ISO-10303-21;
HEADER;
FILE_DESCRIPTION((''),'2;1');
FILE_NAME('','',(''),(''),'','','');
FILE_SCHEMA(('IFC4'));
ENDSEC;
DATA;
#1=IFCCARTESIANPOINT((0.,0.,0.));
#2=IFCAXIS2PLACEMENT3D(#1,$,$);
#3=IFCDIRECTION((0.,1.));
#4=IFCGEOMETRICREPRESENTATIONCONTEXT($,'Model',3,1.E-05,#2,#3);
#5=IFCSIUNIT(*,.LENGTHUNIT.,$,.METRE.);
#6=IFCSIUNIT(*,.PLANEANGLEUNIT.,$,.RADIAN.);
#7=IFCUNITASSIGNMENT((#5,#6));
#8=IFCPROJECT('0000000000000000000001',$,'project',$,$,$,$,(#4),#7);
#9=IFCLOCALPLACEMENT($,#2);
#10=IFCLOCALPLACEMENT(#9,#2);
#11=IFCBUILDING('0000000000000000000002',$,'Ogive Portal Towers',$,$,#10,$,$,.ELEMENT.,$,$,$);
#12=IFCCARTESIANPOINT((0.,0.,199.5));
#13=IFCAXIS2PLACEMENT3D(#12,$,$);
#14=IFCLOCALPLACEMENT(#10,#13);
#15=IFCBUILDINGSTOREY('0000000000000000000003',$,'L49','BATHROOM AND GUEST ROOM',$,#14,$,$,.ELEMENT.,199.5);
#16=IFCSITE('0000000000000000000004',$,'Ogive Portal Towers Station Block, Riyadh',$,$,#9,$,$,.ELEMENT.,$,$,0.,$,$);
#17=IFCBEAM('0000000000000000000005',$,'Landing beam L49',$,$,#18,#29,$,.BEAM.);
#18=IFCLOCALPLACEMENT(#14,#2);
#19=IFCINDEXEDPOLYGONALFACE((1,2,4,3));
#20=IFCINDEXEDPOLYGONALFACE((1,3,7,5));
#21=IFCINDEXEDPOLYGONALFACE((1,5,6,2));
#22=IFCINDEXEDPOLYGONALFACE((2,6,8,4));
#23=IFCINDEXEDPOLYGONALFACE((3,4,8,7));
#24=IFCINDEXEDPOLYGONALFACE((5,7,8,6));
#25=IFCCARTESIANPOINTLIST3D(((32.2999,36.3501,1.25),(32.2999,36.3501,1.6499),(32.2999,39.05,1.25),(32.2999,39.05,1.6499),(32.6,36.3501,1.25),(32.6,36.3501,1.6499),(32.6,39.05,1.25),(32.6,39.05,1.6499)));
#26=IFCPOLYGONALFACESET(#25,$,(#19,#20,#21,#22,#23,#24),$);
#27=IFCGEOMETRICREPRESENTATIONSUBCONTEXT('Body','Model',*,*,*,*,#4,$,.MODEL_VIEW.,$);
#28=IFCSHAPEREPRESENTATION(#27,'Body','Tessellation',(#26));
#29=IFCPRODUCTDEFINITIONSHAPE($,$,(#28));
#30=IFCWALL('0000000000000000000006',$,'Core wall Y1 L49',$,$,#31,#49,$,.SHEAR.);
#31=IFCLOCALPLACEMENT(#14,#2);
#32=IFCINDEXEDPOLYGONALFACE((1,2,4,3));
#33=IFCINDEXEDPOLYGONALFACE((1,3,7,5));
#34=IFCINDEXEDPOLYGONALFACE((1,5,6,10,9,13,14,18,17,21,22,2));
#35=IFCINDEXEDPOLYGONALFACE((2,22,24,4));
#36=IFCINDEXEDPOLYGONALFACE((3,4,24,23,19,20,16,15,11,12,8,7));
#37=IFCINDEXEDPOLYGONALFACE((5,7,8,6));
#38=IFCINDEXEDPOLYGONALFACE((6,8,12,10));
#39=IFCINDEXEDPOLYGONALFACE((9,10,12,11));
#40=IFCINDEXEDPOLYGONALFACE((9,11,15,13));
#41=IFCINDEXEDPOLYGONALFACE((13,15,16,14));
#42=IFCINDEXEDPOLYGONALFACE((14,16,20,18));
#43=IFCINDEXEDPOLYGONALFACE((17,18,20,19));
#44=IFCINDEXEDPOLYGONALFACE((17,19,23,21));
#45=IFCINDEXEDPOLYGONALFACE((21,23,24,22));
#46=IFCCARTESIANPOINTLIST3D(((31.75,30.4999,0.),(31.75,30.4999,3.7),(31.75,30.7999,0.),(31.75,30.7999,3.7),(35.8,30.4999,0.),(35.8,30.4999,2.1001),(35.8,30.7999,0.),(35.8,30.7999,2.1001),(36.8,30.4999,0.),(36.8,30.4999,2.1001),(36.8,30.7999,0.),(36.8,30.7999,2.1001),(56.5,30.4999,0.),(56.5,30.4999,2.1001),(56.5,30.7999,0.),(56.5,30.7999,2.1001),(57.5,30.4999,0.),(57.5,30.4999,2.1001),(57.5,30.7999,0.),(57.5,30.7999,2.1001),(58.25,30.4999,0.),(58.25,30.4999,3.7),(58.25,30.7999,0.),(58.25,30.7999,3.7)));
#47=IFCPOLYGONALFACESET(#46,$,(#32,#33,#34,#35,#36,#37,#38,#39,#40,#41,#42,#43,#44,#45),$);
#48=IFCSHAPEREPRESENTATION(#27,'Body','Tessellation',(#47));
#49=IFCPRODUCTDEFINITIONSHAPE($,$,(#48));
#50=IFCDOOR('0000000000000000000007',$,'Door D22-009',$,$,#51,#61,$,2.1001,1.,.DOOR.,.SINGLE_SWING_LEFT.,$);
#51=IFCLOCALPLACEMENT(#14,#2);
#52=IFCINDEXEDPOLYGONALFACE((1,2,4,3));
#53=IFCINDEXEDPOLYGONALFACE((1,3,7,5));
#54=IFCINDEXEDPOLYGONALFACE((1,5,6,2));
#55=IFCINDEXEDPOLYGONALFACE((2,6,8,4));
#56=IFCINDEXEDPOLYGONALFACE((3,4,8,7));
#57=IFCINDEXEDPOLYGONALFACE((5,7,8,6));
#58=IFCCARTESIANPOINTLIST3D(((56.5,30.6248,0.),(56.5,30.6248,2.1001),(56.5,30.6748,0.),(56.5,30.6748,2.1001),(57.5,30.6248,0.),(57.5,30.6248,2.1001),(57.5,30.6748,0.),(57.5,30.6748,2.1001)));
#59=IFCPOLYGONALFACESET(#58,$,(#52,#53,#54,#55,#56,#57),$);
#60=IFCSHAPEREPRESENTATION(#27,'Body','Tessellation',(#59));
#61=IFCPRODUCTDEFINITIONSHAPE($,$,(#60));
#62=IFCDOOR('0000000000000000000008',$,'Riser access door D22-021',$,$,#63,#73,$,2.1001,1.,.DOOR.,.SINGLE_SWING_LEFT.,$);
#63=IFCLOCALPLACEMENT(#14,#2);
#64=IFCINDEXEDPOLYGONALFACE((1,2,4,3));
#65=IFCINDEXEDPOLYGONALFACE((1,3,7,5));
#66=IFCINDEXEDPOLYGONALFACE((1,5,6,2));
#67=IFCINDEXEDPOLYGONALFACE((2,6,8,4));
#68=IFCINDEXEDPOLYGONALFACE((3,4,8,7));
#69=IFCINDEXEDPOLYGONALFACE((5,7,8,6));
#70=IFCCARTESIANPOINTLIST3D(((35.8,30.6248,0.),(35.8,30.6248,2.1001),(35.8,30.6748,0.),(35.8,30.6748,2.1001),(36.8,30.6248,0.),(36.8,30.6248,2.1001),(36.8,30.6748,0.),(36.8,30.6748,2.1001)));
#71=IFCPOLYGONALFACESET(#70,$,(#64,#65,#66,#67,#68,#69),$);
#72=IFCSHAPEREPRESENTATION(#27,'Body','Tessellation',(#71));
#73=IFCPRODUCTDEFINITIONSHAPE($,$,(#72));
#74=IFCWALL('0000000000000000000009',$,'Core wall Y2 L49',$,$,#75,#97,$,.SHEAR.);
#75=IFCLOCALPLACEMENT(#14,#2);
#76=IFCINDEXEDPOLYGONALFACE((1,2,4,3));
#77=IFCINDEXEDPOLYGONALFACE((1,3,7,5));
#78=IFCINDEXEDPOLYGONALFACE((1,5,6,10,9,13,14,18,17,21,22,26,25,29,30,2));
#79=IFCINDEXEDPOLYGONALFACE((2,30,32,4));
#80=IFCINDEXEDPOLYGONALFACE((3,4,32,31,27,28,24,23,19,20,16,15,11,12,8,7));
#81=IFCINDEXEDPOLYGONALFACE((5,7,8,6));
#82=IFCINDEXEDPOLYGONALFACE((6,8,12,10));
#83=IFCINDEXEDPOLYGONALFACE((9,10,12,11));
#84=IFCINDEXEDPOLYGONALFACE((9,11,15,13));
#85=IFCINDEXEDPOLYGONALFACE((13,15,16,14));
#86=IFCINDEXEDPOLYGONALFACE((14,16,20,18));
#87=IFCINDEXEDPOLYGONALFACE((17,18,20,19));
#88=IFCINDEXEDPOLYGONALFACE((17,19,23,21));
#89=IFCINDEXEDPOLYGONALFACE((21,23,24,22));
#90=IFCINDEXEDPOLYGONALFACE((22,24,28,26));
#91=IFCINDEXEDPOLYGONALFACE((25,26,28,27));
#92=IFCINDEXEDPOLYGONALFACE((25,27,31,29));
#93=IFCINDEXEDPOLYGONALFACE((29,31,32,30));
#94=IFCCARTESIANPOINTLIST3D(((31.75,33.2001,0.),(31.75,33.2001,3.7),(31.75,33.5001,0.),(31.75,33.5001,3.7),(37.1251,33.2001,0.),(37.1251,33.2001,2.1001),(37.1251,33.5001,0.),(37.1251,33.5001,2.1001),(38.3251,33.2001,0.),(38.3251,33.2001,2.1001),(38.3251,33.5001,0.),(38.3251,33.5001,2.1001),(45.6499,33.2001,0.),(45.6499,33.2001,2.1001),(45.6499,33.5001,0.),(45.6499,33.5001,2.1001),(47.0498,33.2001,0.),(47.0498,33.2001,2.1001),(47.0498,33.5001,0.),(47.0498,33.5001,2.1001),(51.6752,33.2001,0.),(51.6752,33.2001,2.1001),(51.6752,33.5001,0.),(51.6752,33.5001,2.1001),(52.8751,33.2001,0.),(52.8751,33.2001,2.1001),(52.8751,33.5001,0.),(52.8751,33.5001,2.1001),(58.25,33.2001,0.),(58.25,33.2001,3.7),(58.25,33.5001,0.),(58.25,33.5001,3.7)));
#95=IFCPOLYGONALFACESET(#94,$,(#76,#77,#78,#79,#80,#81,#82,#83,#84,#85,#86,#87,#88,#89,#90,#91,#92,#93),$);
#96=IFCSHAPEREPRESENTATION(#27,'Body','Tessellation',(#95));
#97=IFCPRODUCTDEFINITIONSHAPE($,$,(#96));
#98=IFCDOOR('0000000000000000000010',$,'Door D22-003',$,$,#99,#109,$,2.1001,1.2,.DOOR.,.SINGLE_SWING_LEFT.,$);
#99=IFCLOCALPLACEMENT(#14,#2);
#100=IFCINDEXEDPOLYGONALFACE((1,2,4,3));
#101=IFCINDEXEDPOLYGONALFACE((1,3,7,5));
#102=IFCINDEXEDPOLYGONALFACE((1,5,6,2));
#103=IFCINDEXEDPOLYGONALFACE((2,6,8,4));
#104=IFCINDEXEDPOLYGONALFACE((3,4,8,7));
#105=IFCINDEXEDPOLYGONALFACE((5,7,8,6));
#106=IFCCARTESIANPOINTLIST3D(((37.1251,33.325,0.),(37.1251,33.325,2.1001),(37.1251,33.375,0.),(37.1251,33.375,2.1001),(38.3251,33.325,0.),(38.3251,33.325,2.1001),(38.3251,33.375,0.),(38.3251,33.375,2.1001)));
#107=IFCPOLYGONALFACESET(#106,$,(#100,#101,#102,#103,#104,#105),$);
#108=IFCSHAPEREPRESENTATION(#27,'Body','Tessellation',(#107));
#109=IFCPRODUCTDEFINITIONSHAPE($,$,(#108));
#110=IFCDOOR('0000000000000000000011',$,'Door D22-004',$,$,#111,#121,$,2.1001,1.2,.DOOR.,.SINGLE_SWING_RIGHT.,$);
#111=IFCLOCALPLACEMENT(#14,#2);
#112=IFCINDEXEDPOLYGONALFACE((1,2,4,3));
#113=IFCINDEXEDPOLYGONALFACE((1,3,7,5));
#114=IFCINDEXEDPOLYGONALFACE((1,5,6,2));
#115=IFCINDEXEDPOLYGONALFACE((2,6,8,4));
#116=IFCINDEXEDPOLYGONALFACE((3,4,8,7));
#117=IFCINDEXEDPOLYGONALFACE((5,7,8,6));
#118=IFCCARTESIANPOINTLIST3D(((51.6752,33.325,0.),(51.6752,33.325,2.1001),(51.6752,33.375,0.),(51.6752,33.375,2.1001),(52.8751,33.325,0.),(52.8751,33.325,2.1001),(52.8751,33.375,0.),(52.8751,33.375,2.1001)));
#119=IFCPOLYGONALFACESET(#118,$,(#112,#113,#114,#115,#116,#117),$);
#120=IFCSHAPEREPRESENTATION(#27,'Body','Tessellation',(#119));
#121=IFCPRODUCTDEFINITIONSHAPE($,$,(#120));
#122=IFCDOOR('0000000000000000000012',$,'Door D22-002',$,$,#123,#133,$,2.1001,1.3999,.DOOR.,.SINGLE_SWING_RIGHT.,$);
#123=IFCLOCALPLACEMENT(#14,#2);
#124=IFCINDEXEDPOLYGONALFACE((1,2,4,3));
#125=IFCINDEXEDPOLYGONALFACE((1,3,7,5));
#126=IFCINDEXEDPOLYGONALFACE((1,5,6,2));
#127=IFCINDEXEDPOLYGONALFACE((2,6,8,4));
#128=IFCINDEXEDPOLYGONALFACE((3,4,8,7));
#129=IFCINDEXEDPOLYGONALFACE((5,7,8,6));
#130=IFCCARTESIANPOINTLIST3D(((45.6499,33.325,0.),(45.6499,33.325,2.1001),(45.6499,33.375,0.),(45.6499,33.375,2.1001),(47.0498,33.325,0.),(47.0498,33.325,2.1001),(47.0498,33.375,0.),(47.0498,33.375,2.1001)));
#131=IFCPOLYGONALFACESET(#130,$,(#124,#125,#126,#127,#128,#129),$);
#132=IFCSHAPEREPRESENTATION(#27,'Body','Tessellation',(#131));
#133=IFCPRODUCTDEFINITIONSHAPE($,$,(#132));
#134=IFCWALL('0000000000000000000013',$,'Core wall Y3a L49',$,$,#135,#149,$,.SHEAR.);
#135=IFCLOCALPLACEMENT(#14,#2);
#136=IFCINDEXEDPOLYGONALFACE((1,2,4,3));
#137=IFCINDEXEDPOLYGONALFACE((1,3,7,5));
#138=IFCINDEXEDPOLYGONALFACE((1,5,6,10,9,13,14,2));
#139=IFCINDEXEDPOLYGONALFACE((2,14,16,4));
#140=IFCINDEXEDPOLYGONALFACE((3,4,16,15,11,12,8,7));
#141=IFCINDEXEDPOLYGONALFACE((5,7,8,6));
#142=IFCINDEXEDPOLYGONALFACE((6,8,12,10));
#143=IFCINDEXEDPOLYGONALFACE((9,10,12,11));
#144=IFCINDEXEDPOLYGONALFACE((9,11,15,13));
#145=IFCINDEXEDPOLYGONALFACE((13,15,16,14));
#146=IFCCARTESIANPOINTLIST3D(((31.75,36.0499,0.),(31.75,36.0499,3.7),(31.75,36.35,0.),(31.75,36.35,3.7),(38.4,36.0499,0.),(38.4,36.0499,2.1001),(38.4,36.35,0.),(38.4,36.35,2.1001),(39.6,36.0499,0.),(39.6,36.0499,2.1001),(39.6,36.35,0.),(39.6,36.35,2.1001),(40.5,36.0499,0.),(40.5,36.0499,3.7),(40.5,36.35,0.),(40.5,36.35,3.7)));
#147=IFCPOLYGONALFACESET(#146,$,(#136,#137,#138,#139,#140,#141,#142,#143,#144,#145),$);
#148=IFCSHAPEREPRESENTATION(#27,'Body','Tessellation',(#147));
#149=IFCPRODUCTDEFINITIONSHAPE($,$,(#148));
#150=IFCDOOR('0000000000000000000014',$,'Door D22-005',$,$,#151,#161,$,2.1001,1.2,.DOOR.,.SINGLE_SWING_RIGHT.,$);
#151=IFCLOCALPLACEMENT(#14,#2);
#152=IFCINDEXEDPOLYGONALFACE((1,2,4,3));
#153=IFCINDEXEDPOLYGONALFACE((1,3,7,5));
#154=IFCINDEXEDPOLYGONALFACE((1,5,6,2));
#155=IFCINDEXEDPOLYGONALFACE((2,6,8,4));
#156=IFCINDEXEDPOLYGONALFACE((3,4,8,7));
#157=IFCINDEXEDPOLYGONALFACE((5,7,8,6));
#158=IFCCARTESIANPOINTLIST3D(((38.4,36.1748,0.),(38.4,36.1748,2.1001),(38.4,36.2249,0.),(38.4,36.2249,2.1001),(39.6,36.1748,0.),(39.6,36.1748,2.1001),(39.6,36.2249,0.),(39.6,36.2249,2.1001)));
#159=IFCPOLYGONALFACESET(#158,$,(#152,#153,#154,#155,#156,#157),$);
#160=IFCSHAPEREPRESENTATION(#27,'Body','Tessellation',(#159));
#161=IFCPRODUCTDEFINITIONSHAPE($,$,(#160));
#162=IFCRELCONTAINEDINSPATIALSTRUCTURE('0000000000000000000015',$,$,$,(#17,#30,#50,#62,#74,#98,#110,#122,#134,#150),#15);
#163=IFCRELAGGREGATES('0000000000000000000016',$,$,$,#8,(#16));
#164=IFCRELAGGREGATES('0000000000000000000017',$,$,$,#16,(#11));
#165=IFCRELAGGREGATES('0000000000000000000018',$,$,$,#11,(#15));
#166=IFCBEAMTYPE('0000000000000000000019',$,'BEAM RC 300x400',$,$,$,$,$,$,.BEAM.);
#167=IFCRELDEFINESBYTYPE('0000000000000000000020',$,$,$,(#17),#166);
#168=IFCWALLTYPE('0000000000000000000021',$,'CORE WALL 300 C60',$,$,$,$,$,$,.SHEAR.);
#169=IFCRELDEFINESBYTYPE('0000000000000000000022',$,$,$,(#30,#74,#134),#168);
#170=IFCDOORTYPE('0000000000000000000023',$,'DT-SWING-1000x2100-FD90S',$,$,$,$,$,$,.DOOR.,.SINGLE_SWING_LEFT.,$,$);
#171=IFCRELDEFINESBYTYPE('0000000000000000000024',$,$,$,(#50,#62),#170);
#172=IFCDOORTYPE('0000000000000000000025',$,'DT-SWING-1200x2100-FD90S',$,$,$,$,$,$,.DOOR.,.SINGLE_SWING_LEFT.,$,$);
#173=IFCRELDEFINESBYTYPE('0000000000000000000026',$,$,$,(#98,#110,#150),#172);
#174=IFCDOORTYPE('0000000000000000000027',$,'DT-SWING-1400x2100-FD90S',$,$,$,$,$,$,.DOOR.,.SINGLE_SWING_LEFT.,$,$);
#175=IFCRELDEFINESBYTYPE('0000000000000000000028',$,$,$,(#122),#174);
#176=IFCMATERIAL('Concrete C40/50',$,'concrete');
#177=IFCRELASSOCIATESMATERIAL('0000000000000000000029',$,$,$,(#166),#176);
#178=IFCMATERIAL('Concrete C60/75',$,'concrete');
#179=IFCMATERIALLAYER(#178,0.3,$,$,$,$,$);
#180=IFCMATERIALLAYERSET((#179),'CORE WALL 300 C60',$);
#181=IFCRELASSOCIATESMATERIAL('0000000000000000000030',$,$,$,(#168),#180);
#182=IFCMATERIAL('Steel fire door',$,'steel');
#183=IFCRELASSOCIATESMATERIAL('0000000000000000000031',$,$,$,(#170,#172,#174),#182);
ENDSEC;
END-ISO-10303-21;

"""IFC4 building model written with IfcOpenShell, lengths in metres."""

from ifc_helpers import new_model, si_unit, direction, frame, frame_2d, origin, origin_2d, place, context, subcontext, project, spatial, rectangle, extrude, material, layer, layer_set, material_profile, profile_set, type_object, element, fill, save


model = new_model("IFC4")

# Units and contexts
model_context = context("Model", 3, precision=1e-05, world=origin(), true_north=direction((0.0, 1.0)))
body_context = subcontext(model_context, "Body", "Model", "MODEL_VIEW")
ifc_project = project(units=[si_unit("LENGTHUNIT", "METRE"), si_unit("PLANEANGLEUNIT", "RADIAN")], contexts=[model_context])

# Site, building, storey
site_placement = place(None, origin())
site = spatial("IfcSite", under=ifc_project, at=site_placement, Name="Ogive Portal Towers Station Block, Riyadh", CompositionType="ELEMENT", RefElevation=0.0)
building_placement = place(site_placement, origin())
building = spatial("IfcBuilding", under=site, at=building_placement, Name="Ogive Portal Towers", CompositionType="ELEMENT")
storey_placement = place(building_placement, frame((0.0, 0.0, 199.5)))
storey = spatial("IfcBuildingStorey", under=building, at=storey_placement, Name="L49", Description="BATHROOM AND GUEST ROOM", CompositionType="ELEMENT", Elevation=199.5)

# Beam
ifc_material_1 = material(Name="Concrete C40/50", Category="concrete")
ifc_material_profile = material_profile(ifc_material_1, rectangle(XDim=0.3, YDim=0.3999, at=origin_2d()), Name="RC 300x400")
ifc_profile_set = profile_set([ifc_material_profile], Name="Concrete C40/50")
beam_type = type_object("IfcBeamType", Name="BEAM RC 300x400", PredefinedType="BEAM", material=ifc_profile_set)
beam_placement = place(storey_placement, frame((32.45, 36.3501, 1.45), z_axis=(0.0, 1.0, 0.0), x_axis=(-1.0, 0.0, 0.0)))
element("IfcBeam", 1, at=beam_placement, inside=storey, type_object=beam_type, Name="Landing beam L49", PredefinedType="BEAM", context=body_context, shape_type="SweptSolid", body=[
    extrude(rectangle(XDim=0.3, YDim=0.3999, at=origin_2d()), origin(), (0.0, 0.0, 1.0), 2.7),
])

# Walls, openings, doors
ifc_material_2 = material(Name="Concrete C60/75", Category="concrete")
ifc_layer_1 = layer(ifc_material_2, 0.3)
ifc_layer_set_1 = layer_set([ifc_layer_1], Name="CORE WALL 300 C60")
wall_type_1 = type_object("IfcWallType", Name="CORE WALL 300 C60", PredefinedType="SHEAR", material=ifc_layer_set_1)
wall_1_placement = place(storey_placement, frame((31.75, 30.6499, 0.0), z_axis=(0.0, 0.0, 1.0), x_axis=(1.0, 0.0, 0.0)))
wall_1 = element("IfcWall", 2, at=wall_1_placement, inside=storey, type_object=wall_type_1, Name="Core wall Y1 L49", PredefinedType="SHEAR", context=body_context, shape_type="SweptSolid", body=[
    extrude(rectangle(XDim=26.5, YDim=0.3, at=frame_2d((13.25, 0.0))), origin(), (0.0, 0.0, 1.0), 3.7),
])
opening_1_placement = place(wall_1_placement, frame((24.75, 0.0, 0.0)))
opening_1 = element("IfcOpeningElement", 3, at=opening_1_placement, cuts=wall_1, PredefinedType="OPENING", context=body_context, shape_type="SweptSolid", body=[
    extrude(rectangle(XDim=1.0, YDim=2.1001, at=frame_2d((0.5, 1.05))), frame((0.0, 0.1602, 0.0), z_axis=(0.0, -1.0, 0.0), x_axis=(1.0, 0.0, 0.0)), (0.0, 0.0, 1.0), 0.3201),
])
opening_2_placement = place(wall_1_placement, frame((4.05, 0.0, 0.0)))
opening_2 = element("IfcOpeningElement", 4, at=opening_2_placement, cuts=wall_1, PredefinedType="OPENING", context=body_context, shape_type="SweptSolid", body=[
    extrude(rectangle(XDim=1.0, YDim=2.1001, at=frame_2d((0.5, 1.05))), frame((0.0, 0.1602, 0.0), z_axis=(0.0, -1.0, 0.0), x_axis=(1.0, 0.0, 0.0)), (0.0, 0.0, 1.0), 0.3201),
])
ifc_material_3 = material(Name="Steel fire door", Category="steel")
door_type_1 = type_object("IfcDoorType", Name="DT-SWING-1000x2100-FD90S", OperationType="SINGLE_SWING_LEFT", PredefinedType="DOOR", material=ifc_material_3)
door_1_placement = place(opening_1_placement, origin())
door_1 = element("IfcDoor", 5, at=door_1_placement, inside=storey, type_object=door_type_1, Name="Door D22-009", OperationType="SINGLE_SWING_LEFT", OverallHeight=2.1001, OverallWidth=1.0, PredefinedType="DOOR", context=body_context, shape_type="SweptSolid", body=[
    extrude(rectangle(XDim=1.0, YDim=2.1001, at=frame_2d((0.5, 1.05))), frame((0.0, 0.0249, 0.0), z_axis=(0.0, -1.0, 0.0), x_axis=(1.0, 0.0, 0.0)), (0.0, 0.0, 1.0), 0.05),
])
fill(opening_1, door_1)
door_2_placement = place(opening_2_placement, origin())
door_2 = element("IfcDoor", 6, at=door_2_placement, inside=storey, type_object=door_type_1, Name="Riser access door D22-021", OperationType="SINGLE_SWING_LEFT", OverallHeight=2.1001, OverallWidth=1.0, PredefinedType="DOOR", context=body_context, shape_type="SweptSolid", body=[
    extrude(rectangle(XDim=1.0, YDim=2.1001, at=frame_2d((0.5, 1.05))), frame((0.0, 0.0249, 0.0), z_axis=(0.0, -1.0, 0.0), x_axis=(1.0, 0.0, 0.0)), (0.0, 0.0, 1.0), 0.05),
])
fill(opening_2, door_2)
wall_2_placement = place(storey_placement, frame((31.75, 33.3501, 0.0), z_axis=(0.0, 0.0, 1.0), x_axis=(1.0, 0.0, 0.0)))
wall_2 = element("IfcWall", 7, at=wall_2_placement, inside=storey, type_object=wall_type_1, Name="Core wall Y2 L49", PredefinedType="SHEAR", context=body_context, shape_type="SweptSolid", body=[
    extrude(rectangle(XDim=26.5, YDim=0.3, at=frame_2d((13.25, 0.0))), origin(), (0.0, 0.0, 1.0), 3.7),
])
opening_3_placement = place(wall_2_placement, frame((13.8999, 0.0, 0.0)))
opening_3 = element("IfcOpeningElement", 8, at=opening_3_placement, cuts=wall_2, PredefinedType="OPENING", context=body_context, shape_type="SweptSolid", body=[
    extrude(rectangle(XDim=1.3999, YDim=2.1001, at=frame_2d((0.7, 1.05))), frame((0.0, 0.1602, 0.0), z_axis=(0.0, -1.0, 0.0), x_axis=(1.0, 0.0, 0.0)), (0.0, 0.0, 1.0), 0.3201),
])
opening_4_placement = place(wall_2_placement, frame((5.375, 0.0, 0.0)))
opening_4 = element("IfcOpeningElement", 9, at=opening_4_placement, cuts=wall_2, PredefinedType="OPENING", context=body_context, shape_type="SweptSolid", body=[
    extrude(rectangle(XDim=1.2, YDim=2.1001, at=frame_2d((0.6001, 1.05))), frame((0.0, 0.1602, 0.0), z_axis=(0.0, -1.0, 0.0), x_axis=(1.0, 0.0, 0.0)), (0.0, 0.0, 1.0), 0.3201),
])
opening_5_placement = place(wall_2_placement, frame((19.925, 0.0, 0.0)))
opening_5 = element("IfcOpeningElement", 10, at=opening_5_placement, cuts=wall_2, PredefinedType="OPENING", context=body_context, shape_type="SweptSolid", body=[
    extrude(rectangle(XDim=1.2, YDim=2.1001, at=frame_2d((0.6001, 1.05))), frame((0.0, 0.1602, 0.0), z_axis=(0.0, -1.0, 0.0), x_axis=(1.0, 0.0, 0.0)), (0.0, 0.0, 1.0), 0.3201),
])
door_type_2 = type_object("IfcDoorType", Name="DT-SWING-1200x2100-FD90S", OperationType="SINGLE_SWING_LEFT", PredefinedType="DOOR", material=ifc_material_3)
door_3_placement = place(opening_4_placement, origin())
door_3 = element("IfcDoor", 11, at=door_3_placement, inside=storey, type_object=door_type_2, Name="Door D22-003", OperationType="SINGLE_SWING_LEFT", OverallHeight=2.1001, OverallWidth=1.2, PredefinedType="DOOR", context=body_context, shape_type="SweptSolid", body=[
    extrude(rectangle(XDim=1.2, YDim=2.1001, at=frame_2d((0.6001, 1.05))), frame((0.0, 0.0249, 0.0), z_axis=(0.0, -1.0, 0.0), x_axis=(1.0, 0.0, 0.0)), (0.0, 0.0, 1.0), 0.05),
])
fill(opening_4, door_3)
door_4_placement = place(opening_5_placement, origin())
door_4 = element("IfcDoor", 12, at=door_4_placement, inside=storey, type_object=door_type_2, Name="Door D22-004", OperationType="SINGLE_SWING_RIGHT", OverallHeight=2.1001, OverallWidth=1.2, PredefinedType="DOOR", context=body_context, shape_type="SweptSolid", body=[
    extrude(rectangle(XDim=1.2, YDim=2.1001, at=frame_2d((0.6001, 1.05))), frame((0.0, 0.0249, 0.0), z_axis=(0.0, -1.0, 0.0), x_axis=(1.0, 0.0, 0.0)), (0.0, 0.0, 1.0), 0.05),
])
fill(opening_5, door_4)
door_type_3 = type_object("IfcDoorType", Name="DT-SWING-1400x2100-FD90S", OperationType="SINGLE_SWING_LEFT", PredefinedType="DOOR", material=ifc_material_3)
door_5_placement = place(opening_3_placement, origin())
door_5 = element("IfcDoor", 13, at=door_5_placement, inside=storey, type_object=door_type_3, Name="Door D22-002", OperationType="SINGLE_SWING_RIGHT", OverallHeight=2.1001, OverallWidth=1.3999, PredefinedType="DOOR", context=body_context, shape_type="SweptSolid", body=[
    extrude(rectangle(XDim=1.3999, YDim=2.1001, at=frame_2d((0.7, 1.05))), frame((0.0, 0.0249, 0.0), z_axis=(0.0, -1.0, 0.0), x_axis=(1.0, 0.0, 0.0)), (0.0, 0.0, 1.0), 0.05),
])
fill(opening_3, door_5)

# Wall, opening, door
wall_3_placement = place(storey_placement, frame((31.75, 36.2, 0.0), z_axis=(0.0, 0.0, 1.0), x_axis=(1.0, 0.0, 0.0)))
wall_3 = element("IfcWall", 14, at=wall_3_placement, inside=storey, type_object=wall_type_1, Name="Core wall Y3a L49", PredefinedType="SHEAR", context=body_context, shape_type="SweptSolid", body=[
    extrude(rectangle(XDim=8.75, YDim=0.3, at=frame_2d((4.375, 0.0))), origin(), (0.0, 0.0, 1.0), 3.7),
])
opening_6_placement = place(wall_3_placement, frame((6.6499, 0.0, 0.0)))
opening_6 = element("IfcOpeningElement", 15, at=opening_6_placement, cuts=wall_3, PredefinedType="OPENING", context=body_context, shape_type="SweptSolid", body=[
    extrude(rectangle(XDim=1.2, YDim=2.1001, at=frame_2d((0.6001, 1.05))), frame((0.0, 0.1602, 0.0), z_axis=(0.0, -1.0, 0.0), x_axis=(1.0, 0.0, 0.0)), (0.0, 0.0, 1.0), 0.3201),
])
door_6_placement = place(opening_6_placement, origin())
door_6 = element("IfcDoor", 16, at=door_6_placement, inside=storey, type_object=door_type_2, Name="Door D22-005", OperationType="SINGLE_SWING_RIGHT", OverallHeight=2.1001, OverallWidth=1.2, PredefinedType="DOOR", context=body_context, shape_type="SweptSolid", body=[
    extrude(rectangle(XDim=1.2, YDim=2.1001, at=frame_2d((0.6001, 1.05))), frame((0.0, 0.0249, 0.0), z_axis=(0.0, -1.0, 0.0), x_axis=(1.0, 0.0, 0.0)), (0.0, 0.0, 1.0), 0.05),
])
fill(opening_6, door_6)

save(model, "model.ifc")
